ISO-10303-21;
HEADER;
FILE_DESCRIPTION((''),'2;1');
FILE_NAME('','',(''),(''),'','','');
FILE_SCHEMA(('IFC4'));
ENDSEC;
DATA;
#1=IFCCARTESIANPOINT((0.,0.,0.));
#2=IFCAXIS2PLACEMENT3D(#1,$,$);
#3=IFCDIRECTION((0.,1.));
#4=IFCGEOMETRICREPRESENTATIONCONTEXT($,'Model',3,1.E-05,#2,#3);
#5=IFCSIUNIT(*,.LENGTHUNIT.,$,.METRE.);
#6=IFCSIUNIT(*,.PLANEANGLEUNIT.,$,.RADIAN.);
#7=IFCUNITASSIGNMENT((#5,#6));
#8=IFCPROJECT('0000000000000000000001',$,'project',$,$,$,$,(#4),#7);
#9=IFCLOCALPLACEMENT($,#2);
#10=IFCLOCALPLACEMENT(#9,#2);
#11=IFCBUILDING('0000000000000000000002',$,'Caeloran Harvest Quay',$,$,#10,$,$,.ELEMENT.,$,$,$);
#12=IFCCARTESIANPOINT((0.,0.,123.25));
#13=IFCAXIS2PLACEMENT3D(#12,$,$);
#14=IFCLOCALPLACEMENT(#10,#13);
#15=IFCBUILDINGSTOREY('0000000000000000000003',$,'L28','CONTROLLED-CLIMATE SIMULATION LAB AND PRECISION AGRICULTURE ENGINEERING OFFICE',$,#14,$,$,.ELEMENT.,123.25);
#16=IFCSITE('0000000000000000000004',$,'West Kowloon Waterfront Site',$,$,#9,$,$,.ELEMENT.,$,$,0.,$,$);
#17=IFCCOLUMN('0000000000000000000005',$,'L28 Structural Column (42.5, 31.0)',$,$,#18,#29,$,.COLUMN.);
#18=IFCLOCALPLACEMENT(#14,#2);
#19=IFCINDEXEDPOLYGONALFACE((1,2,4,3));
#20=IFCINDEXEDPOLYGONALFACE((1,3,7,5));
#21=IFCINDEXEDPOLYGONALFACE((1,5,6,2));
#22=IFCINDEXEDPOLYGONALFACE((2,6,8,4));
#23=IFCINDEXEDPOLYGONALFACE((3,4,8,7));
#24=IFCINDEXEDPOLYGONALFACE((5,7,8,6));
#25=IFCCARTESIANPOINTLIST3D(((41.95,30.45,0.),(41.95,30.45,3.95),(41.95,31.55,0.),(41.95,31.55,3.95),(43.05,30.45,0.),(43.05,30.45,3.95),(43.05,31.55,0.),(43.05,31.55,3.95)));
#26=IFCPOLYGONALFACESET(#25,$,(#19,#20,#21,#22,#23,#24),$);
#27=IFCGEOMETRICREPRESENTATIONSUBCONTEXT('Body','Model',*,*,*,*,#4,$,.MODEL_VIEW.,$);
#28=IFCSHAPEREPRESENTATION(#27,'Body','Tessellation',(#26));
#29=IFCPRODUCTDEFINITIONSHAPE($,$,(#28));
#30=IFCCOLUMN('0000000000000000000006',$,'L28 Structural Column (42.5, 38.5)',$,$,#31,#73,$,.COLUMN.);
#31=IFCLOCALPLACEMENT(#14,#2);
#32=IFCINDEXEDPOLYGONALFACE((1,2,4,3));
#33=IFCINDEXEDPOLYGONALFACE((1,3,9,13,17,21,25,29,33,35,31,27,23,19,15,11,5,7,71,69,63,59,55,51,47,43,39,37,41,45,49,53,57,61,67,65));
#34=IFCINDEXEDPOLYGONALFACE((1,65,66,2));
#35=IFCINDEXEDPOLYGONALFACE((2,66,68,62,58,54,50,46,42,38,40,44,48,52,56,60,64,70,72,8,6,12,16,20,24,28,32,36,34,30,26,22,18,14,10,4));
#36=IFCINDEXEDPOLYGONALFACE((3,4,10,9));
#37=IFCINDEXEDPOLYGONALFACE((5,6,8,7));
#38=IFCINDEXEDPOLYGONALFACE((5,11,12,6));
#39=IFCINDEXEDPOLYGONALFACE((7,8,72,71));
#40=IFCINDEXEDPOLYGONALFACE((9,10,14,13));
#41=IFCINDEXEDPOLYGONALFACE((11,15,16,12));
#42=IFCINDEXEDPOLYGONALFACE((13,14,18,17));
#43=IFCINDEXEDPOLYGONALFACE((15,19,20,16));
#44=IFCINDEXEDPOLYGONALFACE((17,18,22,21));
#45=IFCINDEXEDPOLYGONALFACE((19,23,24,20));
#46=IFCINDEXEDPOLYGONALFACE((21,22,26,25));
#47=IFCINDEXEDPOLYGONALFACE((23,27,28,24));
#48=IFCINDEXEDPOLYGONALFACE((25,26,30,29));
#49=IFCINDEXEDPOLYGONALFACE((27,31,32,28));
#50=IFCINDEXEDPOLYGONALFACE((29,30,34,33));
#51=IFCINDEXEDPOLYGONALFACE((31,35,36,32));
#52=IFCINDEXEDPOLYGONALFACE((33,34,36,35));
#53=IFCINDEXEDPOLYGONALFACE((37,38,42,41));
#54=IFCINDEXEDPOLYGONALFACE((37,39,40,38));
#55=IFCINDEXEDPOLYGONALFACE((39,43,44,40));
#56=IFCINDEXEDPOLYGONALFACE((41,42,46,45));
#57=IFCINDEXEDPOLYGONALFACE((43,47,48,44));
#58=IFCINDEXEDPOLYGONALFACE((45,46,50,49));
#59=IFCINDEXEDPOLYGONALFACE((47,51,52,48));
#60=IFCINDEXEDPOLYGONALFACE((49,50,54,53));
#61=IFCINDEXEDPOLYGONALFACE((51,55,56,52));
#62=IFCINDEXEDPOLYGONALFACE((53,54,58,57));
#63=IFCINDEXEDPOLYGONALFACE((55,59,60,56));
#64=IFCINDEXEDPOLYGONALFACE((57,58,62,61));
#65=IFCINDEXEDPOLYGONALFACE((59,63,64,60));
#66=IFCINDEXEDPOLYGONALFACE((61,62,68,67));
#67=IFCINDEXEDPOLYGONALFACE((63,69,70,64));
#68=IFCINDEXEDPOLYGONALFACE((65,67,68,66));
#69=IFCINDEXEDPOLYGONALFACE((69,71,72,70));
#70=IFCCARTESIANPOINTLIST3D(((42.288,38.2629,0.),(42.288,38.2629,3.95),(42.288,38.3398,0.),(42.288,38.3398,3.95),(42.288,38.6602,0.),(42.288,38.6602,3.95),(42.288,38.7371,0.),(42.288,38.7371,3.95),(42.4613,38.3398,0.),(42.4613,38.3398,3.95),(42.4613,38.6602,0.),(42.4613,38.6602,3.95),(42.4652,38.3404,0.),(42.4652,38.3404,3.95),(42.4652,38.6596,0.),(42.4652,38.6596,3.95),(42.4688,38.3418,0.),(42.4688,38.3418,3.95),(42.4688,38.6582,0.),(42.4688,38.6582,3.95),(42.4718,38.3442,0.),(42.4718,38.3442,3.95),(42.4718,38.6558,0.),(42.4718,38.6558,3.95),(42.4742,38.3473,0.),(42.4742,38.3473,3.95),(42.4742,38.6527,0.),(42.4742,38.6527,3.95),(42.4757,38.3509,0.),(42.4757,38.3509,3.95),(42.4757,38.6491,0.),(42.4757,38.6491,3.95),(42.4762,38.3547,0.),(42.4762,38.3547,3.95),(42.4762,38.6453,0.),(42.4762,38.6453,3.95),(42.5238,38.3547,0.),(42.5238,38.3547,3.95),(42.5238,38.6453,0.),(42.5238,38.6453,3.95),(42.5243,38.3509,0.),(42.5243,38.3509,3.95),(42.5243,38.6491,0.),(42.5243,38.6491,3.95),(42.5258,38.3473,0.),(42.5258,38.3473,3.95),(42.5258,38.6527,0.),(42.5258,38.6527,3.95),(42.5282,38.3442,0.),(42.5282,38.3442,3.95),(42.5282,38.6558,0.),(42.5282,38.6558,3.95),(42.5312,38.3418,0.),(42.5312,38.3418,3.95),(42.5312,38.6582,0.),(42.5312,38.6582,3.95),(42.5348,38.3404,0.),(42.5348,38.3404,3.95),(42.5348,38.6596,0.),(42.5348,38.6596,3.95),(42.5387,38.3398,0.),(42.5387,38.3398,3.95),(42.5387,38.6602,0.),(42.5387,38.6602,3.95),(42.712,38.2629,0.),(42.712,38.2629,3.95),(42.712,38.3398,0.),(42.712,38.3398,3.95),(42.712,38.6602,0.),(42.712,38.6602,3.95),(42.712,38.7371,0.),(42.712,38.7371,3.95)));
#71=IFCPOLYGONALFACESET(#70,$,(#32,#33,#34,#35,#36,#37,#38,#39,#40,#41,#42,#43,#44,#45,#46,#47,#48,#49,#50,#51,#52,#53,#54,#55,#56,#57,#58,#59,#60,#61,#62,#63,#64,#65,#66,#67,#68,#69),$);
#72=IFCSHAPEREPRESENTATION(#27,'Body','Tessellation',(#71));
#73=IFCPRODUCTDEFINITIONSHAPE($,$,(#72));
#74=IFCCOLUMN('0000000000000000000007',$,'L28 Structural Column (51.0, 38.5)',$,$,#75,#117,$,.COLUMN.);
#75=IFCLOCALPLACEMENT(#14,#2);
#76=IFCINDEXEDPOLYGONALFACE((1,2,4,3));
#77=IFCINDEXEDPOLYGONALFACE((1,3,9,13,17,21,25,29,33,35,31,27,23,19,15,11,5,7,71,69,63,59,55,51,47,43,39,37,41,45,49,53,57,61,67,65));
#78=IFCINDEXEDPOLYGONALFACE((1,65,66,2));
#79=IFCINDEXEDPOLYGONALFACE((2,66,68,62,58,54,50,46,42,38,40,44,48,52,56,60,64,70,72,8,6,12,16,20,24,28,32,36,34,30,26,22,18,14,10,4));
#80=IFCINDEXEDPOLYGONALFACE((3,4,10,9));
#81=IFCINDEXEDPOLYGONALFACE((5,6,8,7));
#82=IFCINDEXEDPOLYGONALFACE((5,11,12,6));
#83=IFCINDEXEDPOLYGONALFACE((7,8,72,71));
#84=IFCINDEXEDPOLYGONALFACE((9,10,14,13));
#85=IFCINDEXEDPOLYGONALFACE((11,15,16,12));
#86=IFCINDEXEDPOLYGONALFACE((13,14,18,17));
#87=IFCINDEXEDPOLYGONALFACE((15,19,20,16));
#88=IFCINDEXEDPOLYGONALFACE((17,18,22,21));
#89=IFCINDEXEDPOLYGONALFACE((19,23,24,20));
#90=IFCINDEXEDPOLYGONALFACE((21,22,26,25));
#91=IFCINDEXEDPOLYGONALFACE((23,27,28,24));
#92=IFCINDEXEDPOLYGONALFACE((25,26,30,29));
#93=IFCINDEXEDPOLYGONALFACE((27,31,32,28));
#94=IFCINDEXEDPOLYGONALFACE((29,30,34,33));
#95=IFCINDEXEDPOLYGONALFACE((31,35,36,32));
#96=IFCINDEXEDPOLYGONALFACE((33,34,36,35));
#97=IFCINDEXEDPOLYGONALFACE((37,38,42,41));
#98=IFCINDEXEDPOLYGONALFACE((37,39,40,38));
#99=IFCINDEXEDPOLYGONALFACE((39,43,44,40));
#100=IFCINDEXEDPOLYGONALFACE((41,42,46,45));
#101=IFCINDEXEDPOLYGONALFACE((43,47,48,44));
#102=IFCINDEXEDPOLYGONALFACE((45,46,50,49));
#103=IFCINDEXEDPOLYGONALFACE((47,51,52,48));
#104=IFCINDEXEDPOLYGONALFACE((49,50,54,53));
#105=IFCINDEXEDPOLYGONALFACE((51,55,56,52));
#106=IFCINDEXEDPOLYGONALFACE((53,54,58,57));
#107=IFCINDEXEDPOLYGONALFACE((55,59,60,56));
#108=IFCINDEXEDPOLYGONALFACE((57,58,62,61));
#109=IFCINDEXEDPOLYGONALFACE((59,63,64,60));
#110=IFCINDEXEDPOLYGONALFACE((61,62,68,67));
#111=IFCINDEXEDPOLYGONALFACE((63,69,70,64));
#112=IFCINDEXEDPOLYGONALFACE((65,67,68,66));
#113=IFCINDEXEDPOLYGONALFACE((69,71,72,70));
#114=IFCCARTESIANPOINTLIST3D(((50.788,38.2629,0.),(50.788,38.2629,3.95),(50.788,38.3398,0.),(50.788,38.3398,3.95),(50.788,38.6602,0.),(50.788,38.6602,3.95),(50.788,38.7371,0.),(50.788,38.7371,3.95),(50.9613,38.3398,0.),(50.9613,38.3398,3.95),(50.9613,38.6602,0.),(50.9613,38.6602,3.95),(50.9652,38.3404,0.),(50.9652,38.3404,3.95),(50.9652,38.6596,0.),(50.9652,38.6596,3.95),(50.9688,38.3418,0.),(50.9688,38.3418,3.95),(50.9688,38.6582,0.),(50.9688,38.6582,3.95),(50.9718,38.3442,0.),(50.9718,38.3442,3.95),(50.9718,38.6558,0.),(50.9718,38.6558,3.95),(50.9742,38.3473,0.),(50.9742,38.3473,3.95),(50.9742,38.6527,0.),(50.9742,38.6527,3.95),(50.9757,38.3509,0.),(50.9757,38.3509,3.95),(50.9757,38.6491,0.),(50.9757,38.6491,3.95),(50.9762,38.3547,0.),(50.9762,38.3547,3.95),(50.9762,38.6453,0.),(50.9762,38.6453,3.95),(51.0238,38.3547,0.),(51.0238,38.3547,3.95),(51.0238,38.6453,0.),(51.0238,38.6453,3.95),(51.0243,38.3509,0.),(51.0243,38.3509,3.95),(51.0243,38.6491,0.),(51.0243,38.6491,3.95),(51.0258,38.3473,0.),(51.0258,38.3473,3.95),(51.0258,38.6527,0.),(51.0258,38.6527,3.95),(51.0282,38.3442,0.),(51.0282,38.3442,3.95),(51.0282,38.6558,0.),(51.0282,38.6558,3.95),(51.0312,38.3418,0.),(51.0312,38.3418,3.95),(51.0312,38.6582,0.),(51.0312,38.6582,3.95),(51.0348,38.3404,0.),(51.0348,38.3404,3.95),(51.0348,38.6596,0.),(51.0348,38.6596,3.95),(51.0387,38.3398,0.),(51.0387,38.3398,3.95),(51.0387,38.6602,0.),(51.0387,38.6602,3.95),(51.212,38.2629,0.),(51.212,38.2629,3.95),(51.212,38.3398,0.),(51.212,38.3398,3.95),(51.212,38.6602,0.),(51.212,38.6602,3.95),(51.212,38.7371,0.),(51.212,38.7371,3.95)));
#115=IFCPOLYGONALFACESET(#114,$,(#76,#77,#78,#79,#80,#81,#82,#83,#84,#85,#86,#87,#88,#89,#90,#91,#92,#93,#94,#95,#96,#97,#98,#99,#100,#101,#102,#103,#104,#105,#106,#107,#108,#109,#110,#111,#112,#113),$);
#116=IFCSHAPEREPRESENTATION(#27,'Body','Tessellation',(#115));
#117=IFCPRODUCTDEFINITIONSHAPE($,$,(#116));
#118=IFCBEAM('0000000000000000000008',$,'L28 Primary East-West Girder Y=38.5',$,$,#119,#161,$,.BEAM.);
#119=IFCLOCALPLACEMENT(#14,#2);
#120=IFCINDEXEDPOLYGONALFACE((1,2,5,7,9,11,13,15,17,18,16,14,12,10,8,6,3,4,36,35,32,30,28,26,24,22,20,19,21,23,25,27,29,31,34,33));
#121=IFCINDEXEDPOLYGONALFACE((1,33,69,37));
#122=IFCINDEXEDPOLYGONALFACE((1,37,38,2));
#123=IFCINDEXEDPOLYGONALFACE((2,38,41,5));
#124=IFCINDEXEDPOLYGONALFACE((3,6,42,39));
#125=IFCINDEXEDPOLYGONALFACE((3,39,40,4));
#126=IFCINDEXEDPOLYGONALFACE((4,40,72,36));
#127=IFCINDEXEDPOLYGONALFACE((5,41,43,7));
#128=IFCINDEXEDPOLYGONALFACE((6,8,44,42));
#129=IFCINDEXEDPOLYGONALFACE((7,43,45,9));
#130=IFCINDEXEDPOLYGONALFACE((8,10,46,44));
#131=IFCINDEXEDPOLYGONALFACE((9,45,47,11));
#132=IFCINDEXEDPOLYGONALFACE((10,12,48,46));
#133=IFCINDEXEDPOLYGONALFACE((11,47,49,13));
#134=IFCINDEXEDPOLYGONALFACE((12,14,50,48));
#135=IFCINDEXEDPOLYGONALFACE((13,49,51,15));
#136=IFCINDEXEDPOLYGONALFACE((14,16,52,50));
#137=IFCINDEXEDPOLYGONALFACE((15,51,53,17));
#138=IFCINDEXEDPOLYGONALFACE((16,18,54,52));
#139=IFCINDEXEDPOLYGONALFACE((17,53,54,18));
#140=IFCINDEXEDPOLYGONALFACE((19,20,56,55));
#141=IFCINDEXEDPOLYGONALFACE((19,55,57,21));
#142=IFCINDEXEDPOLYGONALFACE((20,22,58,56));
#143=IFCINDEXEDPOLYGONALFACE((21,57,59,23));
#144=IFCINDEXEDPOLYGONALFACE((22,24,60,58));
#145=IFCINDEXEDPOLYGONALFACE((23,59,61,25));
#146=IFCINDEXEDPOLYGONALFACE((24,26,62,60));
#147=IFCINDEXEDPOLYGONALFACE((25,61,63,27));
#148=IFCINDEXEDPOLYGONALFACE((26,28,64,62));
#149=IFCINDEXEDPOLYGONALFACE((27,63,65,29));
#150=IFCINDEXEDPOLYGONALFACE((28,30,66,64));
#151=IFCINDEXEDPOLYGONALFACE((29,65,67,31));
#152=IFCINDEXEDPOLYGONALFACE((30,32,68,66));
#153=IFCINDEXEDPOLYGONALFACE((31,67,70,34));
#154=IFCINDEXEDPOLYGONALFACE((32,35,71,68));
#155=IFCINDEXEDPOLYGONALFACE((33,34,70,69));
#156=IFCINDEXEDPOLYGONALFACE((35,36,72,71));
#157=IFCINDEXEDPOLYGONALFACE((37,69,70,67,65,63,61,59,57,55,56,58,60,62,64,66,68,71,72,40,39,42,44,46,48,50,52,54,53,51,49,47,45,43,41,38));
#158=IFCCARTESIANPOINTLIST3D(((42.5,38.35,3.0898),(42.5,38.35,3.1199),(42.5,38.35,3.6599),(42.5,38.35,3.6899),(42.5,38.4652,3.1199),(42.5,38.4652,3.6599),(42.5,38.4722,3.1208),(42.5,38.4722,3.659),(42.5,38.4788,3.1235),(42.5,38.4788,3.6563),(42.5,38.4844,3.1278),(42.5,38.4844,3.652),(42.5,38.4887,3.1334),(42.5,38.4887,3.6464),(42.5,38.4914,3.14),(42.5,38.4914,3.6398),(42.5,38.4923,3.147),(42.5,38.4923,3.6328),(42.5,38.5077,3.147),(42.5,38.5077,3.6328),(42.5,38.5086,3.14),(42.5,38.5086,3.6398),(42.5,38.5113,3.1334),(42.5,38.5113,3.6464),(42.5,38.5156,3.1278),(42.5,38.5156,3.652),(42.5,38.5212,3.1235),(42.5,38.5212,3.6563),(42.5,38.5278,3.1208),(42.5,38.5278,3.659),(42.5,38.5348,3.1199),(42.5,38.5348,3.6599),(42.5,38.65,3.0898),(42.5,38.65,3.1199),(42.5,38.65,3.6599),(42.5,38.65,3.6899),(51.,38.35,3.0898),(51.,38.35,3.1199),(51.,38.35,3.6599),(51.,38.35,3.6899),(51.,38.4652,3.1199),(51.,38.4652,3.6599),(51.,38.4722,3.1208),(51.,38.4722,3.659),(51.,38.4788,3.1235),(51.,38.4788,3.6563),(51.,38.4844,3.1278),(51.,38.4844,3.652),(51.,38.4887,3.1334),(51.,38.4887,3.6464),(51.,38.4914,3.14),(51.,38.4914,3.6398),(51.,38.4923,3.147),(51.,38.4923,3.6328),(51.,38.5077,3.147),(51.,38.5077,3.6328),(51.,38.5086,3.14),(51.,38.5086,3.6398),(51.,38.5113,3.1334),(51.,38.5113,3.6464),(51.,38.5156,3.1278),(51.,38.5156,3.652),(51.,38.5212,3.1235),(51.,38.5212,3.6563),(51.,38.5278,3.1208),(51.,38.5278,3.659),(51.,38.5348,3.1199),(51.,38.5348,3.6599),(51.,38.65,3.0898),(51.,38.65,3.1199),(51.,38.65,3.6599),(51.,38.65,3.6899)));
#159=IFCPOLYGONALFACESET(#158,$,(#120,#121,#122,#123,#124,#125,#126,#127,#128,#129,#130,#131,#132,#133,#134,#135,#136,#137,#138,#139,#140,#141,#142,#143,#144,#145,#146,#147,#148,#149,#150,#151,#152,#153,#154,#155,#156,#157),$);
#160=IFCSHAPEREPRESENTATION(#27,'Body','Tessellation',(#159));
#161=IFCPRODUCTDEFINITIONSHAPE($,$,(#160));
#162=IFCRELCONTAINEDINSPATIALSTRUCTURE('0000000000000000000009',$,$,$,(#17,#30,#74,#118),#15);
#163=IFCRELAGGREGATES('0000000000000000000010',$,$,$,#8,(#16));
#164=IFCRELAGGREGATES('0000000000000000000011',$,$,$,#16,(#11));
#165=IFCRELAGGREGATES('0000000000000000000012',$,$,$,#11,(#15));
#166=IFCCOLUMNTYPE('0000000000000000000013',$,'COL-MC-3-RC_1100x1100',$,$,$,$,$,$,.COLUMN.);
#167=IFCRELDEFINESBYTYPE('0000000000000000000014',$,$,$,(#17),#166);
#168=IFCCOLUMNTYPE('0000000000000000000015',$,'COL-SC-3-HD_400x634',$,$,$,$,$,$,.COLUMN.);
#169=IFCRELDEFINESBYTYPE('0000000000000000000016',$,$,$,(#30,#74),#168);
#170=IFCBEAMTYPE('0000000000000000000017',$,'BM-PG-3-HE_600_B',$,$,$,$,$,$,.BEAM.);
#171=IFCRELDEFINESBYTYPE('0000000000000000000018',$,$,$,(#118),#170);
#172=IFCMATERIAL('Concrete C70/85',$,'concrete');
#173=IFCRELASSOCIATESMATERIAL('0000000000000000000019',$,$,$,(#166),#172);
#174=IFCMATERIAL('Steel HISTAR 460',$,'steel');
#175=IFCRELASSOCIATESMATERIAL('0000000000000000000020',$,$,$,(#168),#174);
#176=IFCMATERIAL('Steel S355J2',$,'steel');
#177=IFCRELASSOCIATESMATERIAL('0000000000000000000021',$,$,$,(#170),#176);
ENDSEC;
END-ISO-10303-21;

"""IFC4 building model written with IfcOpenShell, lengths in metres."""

from ifc_helpers import new_model, si_unit, direction, frame, origin, origin_2d, place, context, subcontext, project, spatial, rectangle, i_section, extrude, material, material_profile, profile_set, type_object, element, save


model = new_model("IFC4")

# Units and contexts
model_context = context("Model", 3, precision=1e-05, world=origin(), true_north=direction((0.0, 1.0)))
body_context = subcontext(model_context, "Body", "Model", "MODEL_VIEW")
ifc_project = project(units=[si_unit("LENGTHUNIT", "METRE"), si_unit("PLANEANGLEUNIT", "RADIAN")], contexts=[model_context])

# Site, building, storey
site_placement = place(None, origin())
site = spatial("IfcSite", under=ifc_project, at=site_placement, Name="West Kowloon Waterfront Site", CompositionType="ELEMENT", RefElevation=0.0)
building_placement = place(site_placement, origin())
building = spatial("IfcBuilding", under=site, at=building_placement, Name="Caeloran Harvest Quay", CompositionType="ELEMENT")
storey_placement = place(building_placement, frame((0.0, 0.0, 123.25)))
storey = spatial("IfcBuildingStorey", under=building, at=storey_placement, Name="L28", Description="CONTROLLED-CLIMATE SIMULATION LAB AND PRECISION AGRICULTURE ENGINEERING OFFICE", CompositionType="ELEMENT", Elevation=123.25)

# Columns
ifc_material_1 = material(Name="Concrete C70/85", Category="concrete")
ifc_material_profile_1 = material_profile(ifc_material_1, rectangle(XDim=1.1001, YDim=1.1001, at=origin_2d()), Name="RC 1100x1100")
ifc_profile_set_1 = profile_set([ifc_material_profile_1], Name="Concrete C70/85")
column_type_1 = type_object("IfcColumnType", Name="COL-MC-3-RC_1100x1100", PredefinedType="COLUMN", material=ifc_profile_set_1)
column_placement = place(storey_placement, frame((42.5, 31.0, 0.0), z_axis=(0.0, 0.0, 1.0), x_axis=(1.0, 0.0, 0.0)))
element("IfcColumn", 1, at=column_placement, inside=storey, type_object=column_type_1, Name="L28 Structural Column (42.5, 31.0)", PredefinedType="COLUMN", context=body_context, shape_type="SweptSolid", body=[
    extrude(rectangle(XDim=1.1001, YDim=1.1001, at=origin_2d()), origin(), (0.0, 0.0, 1.0), 3.95),
])
ifc_material_2 = material(Name="Steel HISTAR 460", Category="steel")
ifc_material_profile_2 = material_profile(ifc_material_2, i_section(OverallWidth=0.4241, OverallDepth=0.4741, WebThickness=0.0476, FlangeThickness=0.0769, FilletRadius=0.0149, at=origin_2d()), Name="HD 400x634")
ifc_profile_set_2 = profile_set([ifc_material_profile_2], Name="Steel HISTAR 460")
column_type_2 = type_object("IfcColumnType", Name="COL-SC-3-HD_400x634", PredefinedType="COLUMN", material=ifc_profile_set_2)
for number, where, z_axis, x_axis, name in (
    (2, (42.5, 38.5, 0.0), (0.0, 0.0, 1.0), (1.0, 0.0, 0.0), "L28 Structural Column (42.5, 38.5)"),
    (3, (51.0, 38.5, 0.0), (0.0, 0.0, 1.0), (1.0, 0.0, 0.0), "L28 Structural Column (51.0, 38.5)"),
):
    element("IfcColumn", number, at=place(storey_placement, frame(where, z_axis=z_axis, x_axis=x_axis)), inside=storey, type_object=column_type_2, Name=name, PredefinedType="COLUMN", context=body_context, shape_type="SweptSolid", body=[
        extrude(i_section(OverallWidth=0.4241, OverallDepth=0.4741, WebThickness=0.0476, FlangeThickness=0.0769, FilletRadius=0.0149, at=origin_2d()), origin(), (0.0, 0.0, 1.0), 3.95),
    ])

# Beam
ifc_material_3 = material(Name="Steel S355J2", Category="steel")
ifc_material_profile_3 = material_profile(ifc_material_3, i_section(OverallWidth=0.3, OverallDepth=0.6001, WebThickness=0.0154, FlangeThickness=0.03, FilletRadius=0.0271, at=origin_2d()), Name="HE 600 B")
ifc_profile_set_3 = profile_set([ifc_material_profile_3], Name="Steel S355J2")
beam_type = type_object("IfcBeamType", Name="BM-PG-3-HE_600_B", PredefinedType="BEAM", material=ifc_profile_set_3)
beam_1_placement = place(storey_placement, frame((42.5, 38.5, 3.3899), z_axis=(1.0, 0.0, 0.0), x_axis=(0.0, 1.0, 0.0)))
element("IfcBeam", 4, at=beam_1_placement, inside=storey, type_object=beam_type, Name="L28 Primary East-West Girder Y=38.5", PredefinedType="BEAM", context=body_context, shape_type="SweptSolid", body=[
    extrude(i_section(OverallWidth=0.3, OverallDepth=0.6001, WebThickness=0.0154, FlangeThickness=0.03, FilletRadius=0.0271, at=origin_2d()), origin(), (0.0, 0.0, 1.0), 8.5),
])

save(model, "model.ifc")
